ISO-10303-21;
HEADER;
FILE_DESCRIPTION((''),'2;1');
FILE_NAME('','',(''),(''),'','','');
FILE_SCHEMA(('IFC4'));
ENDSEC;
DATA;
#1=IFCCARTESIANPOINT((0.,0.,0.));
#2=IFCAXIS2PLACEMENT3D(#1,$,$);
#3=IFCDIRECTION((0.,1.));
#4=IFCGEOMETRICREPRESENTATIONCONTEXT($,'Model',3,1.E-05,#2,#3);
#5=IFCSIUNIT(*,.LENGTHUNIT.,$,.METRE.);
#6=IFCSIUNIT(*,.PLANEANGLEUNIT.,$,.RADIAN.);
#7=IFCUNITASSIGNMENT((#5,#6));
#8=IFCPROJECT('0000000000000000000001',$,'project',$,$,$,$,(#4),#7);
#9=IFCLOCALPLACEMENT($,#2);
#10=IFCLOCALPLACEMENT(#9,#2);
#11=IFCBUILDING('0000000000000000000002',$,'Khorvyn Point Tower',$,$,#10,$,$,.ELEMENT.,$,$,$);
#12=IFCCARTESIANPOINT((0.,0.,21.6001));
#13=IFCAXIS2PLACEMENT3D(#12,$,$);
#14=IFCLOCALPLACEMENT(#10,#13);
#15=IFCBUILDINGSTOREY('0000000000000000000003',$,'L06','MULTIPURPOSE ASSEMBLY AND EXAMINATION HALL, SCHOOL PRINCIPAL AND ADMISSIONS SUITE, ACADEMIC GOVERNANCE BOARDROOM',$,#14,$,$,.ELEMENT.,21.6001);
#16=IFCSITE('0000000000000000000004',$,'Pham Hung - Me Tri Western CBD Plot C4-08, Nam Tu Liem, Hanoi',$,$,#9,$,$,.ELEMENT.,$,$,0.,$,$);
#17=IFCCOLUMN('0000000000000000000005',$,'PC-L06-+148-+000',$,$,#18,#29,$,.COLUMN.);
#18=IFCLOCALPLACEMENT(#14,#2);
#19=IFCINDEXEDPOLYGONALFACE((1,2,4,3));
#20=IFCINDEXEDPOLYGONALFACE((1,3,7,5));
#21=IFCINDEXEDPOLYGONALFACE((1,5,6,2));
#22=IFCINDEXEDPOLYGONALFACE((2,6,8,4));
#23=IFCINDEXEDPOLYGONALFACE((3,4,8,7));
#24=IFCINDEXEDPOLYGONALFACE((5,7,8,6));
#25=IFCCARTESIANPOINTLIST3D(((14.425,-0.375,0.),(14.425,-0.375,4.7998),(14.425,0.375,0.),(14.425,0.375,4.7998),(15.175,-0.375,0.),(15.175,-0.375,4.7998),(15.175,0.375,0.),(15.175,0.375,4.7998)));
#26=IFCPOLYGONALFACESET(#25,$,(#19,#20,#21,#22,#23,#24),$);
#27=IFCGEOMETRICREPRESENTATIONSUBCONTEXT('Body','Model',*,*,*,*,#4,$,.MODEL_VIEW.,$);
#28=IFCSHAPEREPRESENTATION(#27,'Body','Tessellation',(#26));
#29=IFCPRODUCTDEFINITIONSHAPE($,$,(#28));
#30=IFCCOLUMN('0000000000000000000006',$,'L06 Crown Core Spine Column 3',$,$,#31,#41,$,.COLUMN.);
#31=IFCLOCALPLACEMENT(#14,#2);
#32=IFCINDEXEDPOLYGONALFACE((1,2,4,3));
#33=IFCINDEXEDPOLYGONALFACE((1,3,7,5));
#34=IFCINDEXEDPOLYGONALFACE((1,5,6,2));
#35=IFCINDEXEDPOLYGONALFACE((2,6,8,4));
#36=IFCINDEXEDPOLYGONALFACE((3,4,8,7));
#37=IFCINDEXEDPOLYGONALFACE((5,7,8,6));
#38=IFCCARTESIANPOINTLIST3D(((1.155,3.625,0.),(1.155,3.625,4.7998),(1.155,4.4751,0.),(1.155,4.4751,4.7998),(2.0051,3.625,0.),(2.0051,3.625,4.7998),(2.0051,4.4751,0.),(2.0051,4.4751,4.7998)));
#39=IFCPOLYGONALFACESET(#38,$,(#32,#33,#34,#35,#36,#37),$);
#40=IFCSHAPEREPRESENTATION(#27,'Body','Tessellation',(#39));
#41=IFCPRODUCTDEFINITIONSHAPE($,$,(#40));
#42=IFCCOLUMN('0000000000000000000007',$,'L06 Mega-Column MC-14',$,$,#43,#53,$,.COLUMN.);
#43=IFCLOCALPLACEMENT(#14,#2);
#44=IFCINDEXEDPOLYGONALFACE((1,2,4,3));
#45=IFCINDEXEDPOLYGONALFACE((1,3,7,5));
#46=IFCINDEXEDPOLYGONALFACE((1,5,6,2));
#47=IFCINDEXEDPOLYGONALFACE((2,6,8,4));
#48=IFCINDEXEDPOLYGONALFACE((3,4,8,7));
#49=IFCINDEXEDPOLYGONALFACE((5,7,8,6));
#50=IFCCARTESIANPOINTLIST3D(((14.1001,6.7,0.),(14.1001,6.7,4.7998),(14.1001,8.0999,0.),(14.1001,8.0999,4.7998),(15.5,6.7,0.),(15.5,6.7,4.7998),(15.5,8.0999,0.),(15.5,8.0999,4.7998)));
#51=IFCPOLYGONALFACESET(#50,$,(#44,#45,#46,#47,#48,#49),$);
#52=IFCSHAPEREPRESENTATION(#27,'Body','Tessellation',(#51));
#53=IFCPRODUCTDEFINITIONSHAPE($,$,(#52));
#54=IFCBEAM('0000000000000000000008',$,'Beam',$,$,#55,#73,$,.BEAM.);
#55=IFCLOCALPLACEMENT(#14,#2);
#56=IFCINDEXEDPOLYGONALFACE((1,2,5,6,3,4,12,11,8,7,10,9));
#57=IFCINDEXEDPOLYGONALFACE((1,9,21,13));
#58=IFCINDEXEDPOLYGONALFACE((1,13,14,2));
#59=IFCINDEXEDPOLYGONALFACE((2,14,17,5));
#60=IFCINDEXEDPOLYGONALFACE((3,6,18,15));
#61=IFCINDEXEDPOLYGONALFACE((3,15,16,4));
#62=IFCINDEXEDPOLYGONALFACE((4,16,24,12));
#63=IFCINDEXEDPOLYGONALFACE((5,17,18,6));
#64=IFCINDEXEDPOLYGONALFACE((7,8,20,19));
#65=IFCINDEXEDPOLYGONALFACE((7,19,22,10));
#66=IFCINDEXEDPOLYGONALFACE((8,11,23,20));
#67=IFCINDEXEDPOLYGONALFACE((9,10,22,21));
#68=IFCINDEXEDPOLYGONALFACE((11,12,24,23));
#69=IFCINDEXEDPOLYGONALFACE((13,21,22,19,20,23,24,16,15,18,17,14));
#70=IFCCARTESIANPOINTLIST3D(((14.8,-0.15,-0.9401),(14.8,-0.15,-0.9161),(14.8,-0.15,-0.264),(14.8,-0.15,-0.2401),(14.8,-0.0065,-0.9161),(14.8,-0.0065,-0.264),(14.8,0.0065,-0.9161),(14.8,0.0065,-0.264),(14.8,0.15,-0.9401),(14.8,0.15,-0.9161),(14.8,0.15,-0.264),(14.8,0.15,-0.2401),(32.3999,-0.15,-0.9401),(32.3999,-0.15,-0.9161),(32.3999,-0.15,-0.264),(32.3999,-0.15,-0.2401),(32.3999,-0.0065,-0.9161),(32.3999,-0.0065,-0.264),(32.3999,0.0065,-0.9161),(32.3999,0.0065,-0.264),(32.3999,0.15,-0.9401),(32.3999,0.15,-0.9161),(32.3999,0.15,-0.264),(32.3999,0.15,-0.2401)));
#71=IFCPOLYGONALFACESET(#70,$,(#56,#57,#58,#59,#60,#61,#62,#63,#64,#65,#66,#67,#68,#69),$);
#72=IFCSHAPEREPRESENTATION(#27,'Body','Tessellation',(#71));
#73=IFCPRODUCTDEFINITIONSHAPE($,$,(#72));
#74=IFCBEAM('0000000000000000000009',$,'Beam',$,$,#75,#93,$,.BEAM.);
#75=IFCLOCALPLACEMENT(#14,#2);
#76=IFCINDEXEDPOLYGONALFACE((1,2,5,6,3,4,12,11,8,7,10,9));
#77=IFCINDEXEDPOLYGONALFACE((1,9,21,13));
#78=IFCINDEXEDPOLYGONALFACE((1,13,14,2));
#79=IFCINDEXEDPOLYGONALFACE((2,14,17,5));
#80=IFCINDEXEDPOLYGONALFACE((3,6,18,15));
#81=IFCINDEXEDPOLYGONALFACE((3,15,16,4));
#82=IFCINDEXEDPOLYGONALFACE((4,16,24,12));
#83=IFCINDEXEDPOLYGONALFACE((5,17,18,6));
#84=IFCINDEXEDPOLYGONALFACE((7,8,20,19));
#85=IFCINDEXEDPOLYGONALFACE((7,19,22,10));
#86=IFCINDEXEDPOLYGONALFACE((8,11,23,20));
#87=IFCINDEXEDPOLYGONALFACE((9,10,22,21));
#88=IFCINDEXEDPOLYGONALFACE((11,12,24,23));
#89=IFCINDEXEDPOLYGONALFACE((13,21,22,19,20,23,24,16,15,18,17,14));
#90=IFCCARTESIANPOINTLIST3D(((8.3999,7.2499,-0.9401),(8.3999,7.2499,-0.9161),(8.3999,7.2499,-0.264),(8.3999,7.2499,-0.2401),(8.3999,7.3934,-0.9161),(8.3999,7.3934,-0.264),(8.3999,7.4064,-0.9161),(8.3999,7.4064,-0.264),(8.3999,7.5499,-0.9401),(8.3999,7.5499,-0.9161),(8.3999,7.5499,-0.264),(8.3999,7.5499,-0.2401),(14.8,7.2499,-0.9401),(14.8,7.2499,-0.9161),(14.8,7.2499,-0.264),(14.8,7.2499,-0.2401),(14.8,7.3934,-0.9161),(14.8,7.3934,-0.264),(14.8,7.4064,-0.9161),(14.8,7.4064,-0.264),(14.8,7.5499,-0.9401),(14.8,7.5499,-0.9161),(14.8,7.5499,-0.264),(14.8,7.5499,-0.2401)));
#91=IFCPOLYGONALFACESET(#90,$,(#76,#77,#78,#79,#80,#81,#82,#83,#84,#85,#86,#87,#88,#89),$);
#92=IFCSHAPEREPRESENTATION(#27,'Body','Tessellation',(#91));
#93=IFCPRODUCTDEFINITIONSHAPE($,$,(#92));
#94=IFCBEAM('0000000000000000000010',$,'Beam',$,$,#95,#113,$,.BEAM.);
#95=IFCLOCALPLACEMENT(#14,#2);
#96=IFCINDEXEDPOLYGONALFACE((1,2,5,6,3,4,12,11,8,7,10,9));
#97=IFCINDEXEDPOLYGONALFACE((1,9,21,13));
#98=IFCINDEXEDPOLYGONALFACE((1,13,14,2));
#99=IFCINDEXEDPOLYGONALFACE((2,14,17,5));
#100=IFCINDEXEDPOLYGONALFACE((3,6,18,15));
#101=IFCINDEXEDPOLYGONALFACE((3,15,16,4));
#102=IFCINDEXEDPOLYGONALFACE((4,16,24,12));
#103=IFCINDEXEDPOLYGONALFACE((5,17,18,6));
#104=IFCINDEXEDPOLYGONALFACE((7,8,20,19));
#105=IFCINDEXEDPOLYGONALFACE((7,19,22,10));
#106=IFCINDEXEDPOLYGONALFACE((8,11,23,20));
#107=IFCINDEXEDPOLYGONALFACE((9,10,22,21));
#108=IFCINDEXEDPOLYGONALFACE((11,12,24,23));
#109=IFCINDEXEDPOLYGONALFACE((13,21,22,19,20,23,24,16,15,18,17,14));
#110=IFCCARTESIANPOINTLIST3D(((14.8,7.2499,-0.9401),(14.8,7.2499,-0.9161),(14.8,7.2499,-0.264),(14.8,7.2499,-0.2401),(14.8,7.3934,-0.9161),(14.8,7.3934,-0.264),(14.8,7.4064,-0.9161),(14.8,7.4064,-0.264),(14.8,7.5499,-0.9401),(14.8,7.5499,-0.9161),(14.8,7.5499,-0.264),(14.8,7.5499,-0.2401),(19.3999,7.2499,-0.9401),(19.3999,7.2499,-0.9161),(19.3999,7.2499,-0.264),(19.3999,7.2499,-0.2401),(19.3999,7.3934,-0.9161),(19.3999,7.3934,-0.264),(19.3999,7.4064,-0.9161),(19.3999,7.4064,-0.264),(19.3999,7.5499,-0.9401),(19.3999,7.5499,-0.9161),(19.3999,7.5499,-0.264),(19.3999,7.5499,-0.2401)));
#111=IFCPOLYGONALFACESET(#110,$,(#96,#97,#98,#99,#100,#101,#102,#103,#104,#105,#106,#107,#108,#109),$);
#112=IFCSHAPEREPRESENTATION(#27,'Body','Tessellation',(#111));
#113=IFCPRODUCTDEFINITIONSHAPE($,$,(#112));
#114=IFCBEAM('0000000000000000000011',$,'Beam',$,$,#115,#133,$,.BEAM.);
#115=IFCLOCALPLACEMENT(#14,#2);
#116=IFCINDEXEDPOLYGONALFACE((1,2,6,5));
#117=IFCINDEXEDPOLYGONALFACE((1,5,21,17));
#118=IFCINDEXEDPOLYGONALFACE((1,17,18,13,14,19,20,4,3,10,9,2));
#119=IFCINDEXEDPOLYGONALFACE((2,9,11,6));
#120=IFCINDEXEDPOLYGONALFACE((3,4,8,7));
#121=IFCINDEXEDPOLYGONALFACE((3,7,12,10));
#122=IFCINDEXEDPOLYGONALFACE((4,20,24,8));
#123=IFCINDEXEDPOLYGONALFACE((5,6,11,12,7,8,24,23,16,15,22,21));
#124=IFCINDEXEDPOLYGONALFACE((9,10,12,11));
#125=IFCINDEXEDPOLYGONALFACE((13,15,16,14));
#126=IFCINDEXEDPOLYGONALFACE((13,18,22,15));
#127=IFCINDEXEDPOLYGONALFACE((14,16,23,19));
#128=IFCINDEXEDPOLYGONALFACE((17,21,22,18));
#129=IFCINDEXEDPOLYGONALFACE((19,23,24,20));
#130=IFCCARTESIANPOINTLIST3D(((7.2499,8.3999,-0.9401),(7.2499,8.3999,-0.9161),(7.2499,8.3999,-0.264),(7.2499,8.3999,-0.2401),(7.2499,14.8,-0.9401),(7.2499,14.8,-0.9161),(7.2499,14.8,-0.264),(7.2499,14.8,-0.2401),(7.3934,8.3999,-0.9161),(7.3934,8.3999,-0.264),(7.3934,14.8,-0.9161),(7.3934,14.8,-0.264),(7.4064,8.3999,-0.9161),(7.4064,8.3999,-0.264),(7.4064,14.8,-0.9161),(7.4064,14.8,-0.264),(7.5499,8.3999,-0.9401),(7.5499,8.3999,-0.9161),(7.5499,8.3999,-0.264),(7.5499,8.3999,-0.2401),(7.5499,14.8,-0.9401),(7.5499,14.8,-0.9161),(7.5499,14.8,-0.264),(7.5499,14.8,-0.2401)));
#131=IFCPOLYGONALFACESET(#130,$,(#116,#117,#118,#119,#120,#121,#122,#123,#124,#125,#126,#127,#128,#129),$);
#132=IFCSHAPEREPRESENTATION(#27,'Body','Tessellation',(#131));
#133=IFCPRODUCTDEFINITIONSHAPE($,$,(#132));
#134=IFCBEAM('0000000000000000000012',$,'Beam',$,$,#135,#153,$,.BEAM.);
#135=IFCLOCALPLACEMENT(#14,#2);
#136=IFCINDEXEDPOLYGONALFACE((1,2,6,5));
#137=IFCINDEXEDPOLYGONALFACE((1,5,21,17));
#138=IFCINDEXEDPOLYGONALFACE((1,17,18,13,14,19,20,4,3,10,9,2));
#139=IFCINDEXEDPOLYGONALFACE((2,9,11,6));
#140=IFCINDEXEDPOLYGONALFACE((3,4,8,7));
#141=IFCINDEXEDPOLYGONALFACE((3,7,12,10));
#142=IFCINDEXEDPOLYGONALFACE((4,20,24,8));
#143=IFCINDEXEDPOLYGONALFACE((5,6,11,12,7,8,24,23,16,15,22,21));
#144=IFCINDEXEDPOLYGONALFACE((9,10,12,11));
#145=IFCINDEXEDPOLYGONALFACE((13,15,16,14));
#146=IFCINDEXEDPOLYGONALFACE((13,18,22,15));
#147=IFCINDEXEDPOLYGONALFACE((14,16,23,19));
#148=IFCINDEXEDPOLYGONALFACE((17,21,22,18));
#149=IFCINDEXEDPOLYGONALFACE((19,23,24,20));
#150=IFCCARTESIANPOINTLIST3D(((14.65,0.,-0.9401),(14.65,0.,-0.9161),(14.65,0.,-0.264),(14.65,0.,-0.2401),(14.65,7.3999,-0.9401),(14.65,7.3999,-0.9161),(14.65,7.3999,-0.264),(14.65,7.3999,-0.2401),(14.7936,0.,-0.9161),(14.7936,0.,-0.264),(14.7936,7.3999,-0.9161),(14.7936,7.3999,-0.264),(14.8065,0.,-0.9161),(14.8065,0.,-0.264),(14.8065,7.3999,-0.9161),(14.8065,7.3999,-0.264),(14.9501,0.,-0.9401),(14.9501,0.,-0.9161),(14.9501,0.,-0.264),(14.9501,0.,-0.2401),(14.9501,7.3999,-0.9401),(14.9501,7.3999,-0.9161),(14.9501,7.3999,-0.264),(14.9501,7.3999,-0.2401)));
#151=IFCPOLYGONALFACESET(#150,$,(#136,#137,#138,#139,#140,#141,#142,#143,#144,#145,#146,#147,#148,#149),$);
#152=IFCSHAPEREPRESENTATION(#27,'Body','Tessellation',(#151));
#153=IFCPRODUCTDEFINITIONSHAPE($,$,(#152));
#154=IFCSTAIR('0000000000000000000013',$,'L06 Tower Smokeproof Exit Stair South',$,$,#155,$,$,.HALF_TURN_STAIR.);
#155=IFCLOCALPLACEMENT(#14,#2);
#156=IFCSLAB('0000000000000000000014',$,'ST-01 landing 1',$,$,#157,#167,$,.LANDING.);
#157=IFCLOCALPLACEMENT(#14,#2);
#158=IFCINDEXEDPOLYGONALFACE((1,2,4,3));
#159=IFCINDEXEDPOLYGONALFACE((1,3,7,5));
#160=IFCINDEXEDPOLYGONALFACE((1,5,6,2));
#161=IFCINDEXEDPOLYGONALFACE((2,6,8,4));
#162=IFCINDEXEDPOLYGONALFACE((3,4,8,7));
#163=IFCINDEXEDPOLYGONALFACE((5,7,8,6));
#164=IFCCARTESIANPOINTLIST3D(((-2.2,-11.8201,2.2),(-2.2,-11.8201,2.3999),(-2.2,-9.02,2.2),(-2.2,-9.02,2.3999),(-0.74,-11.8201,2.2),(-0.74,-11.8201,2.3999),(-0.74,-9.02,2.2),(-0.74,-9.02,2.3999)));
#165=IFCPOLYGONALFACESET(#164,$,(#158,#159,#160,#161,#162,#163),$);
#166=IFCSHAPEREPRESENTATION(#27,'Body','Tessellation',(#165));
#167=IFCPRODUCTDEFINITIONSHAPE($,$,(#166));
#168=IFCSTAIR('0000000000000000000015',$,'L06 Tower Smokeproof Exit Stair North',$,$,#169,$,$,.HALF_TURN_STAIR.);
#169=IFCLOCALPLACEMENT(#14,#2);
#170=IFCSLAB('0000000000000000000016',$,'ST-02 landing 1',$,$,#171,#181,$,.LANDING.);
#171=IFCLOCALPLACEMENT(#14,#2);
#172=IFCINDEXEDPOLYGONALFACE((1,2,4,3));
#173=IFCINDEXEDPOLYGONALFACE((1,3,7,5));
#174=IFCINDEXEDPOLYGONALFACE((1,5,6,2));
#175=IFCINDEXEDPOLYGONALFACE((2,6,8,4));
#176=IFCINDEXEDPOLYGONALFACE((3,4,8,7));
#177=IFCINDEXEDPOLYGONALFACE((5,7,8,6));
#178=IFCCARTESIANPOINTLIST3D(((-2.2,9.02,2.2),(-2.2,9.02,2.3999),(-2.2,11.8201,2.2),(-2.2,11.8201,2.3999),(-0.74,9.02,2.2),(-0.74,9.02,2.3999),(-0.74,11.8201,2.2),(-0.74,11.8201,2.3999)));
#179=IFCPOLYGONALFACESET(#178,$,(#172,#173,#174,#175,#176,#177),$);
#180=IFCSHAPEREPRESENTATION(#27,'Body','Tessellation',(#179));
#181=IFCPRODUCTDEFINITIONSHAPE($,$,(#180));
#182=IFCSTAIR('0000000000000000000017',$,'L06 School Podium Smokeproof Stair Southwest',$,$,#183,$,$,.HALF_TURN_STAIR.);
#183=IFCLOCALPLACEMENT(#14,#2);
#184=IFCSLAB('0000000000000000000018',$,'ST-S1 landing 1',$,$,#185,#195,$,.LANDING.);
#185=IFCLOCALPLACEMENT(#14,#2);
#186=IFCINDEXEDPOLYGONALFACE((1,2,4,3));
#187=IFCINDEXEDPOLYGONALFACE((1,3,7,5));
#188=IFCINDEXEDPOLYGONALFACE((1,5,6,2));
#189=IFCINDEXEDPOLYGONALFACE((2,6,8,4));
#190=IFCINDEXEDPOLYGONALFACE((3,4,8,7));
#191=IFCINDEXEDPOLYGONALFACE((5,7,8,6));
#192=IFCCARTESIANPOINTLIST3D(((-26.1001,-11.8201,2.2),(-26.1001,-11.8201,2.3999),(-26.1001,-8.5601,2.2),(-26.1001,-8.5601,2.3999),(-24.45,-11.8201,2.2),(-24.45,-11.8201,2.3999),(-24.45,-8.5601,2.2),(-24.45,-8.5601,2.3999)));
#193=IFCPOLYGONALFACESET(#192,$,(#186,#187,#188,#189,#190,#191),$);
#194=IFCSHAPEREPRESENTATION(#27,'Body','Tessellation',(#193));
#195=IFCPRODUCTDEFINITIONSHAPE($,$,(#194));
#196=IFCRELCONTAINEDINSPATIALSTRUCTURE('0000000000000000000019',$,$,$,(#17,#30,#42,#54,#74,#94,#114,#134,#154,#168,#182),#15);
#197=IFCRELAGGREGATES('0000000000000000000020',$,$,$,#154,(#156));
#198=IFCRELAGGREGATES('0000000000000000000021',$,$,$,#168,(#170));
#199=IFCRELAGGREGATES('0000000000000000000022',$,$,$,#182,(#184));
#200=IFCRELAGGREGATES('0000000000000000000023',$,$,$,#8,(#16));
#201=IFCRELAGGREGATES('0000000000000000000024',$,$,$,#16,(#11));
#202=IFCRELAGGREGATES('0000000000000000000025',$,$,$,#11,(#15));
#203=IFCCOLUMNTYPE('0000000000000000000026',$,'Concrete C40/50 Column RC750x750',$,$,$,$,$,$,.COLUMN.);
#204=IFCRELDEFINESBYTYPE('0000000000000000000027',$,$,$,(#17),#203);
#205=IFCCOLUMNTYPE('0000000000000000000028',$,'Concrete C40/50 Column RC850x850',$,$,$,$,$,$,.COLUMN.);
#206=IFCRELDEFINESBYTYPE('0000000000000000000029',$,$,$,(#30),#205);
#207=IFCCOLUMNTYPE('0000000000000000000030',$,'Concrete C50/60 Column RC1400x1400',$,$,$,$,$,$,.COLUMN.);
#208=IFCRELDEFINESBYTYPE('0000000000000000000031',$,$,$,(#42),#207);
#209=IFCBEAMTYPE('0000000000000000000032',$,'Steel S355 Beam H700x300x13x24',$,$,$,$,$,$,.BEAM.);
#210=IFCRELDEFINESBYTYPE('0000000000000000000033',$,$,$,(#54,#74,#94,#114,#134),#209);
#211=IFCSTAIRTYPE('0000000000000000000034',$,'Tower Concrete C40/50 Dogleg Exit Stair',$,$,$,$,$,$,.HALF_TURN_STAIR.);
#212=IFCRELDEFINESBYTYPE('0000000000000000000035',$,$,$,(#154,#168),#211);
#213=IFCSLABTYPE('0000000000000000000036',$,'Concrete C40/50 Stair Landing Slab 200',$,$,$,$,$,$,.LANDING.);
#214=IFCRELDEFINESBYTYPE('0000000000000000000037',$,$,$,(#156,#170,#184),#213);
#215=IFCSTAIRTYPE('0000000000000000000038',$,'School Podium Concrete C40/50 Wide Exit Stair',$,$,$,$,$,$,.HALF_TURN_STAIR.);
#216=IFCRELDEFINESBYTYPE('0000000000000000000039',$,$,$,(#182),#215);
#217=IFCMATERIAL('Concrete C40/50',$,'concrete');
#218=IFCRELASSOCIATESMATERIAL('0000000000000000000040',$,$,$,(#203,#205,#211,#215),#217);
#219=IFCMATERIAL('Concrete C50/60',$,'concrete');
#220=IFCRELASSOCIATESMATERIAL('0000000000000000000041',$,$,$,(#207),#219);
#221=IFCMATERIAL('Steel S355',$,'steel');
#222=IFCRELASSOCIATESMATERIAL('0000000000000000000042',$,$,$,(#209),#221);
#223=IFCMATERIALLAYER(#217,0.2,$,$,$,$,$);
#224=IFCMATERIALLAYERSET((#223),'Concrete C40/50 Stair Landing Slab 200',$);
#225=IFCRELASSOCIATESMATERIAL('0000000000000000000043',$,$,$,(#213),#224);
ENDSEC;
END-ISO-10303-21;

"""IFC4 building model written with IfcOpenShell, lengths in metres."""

from ifc_helpers import new_model, si_unit, direction, frame, origin, origin_2d, place, context, subcontext, project, spatial, polyline, rectangle, i_section, outline, extrude, material, layer, layer_set, material_profile, profile_set, type_object, element, aggregate, save


model = new_model("IFC4")

# Units and contexts
model_context = context("Model", 3, precision=1e-05, world=origin(), true_north=direction((0.0, 1.0)))
body_context = subcontext(model_context, "Body", "Model", "MODEL_VIEW")
ifc_project = project(units=[si_unit("LENGTHUNIT", "METRE"), si_unit("PLANEANGLEUNIT", "RADIAN")], contexts=[model_context])

# Site, building, storey
site_placement = place(None, origin())
site = spatial("IfcSite", under=ifc_project, at=site_placement, Name="Pham Hung - Me Tri Western CBD Plot C4-08, Nam Tu Liem, Hanoi", CompositionType="ELEMENT", RefElevation=0.0)
building_placement = place(site_placement, origin())
building = spatial("IfcBuilding", under=site, at=building_placement, Name="Khorvyn Point Tower", CompositionType="ELEMENT")
storey_placement = place(building_placement, frame((0.0, 0.0, 21.6001)))
storey = spatial("IfcBuildingStorey", under=building, at=storey_placement, Name="L06", Description="MULTIPURPOSE ASSEMBLY AND EXAMINATION HALL, SCHOOL PRINCIPAL AND ADMISSIONS SUITE, ACADEMIC GOVERNANCE BOARDROOM", CompositionType="ELEMENT", Elevation=21.6001)

# Columns
ifc_material_1 = material(Name="Concrete C40/50", Category="concrete")
ifc_material_profile_1 = material_profile(ifc_material_1, rectangle(XDim=0.75, YDim=0.75, at=origin_2d()))
ifc_profile_set_1 = profile_set([ifc_material_profile_1], Name="Concrete C40/50 RC750x750")
column_type_1 = type_object("IfcColumnType", Name="Concrete C40/50 Column RC750x750", PredefinedType="COLUMN", material=ifc_profile_set_1)
column_1_placement = place(storey_placement, frame((14.8, 0.0, 0.0), z_axis=(0.0, 0.0, 1.0), x_axis=(1.0, 0.0, 0.0)))
element("IfcColumn", 1, at=column_1_placement, inside=storey, type_object=column_type_1, Name="PC-L06-+148-+000", PredefinedType="COLUMN", context=body_context, shape_type="SweptSolid", body=[
    extrude(rectangle(XDim=0.75, YDim=0.75, at=origin_2d()), origin(), (0.0, 0.0, 1.0), 4.7998),
])
ifc_material_profile_2 = material_profile(ifc_material_1, rectangle(XDim=0.8501, YDim=0.8501, at=origin_2d()))
ifc_profile_set_2 = profile_set([ifc_material_profile_2], Name="Concrete C40/50 RC850x850")
column_type_2 = type_object("IfcColumnType", Name="Concrete C40/50 Column RC850x850", PredefinedType="COLUMN", material=ifc_profile_set_2)
column_2_placement = place(storey_placement, frame((1.5801, 4.05, 0.0), z_axis=(0.0, 0.0, 1.0), x_axis=(1.0, 0.0, 0.0)))
element("IfcColumn", 2, at=column_2_placement, inside=storey, type_object=column_type_2, Name="L06 Crown Core Spine Column 3", PredefinedType="COLUMN", context=body_context, shape_type="SweptSolid", body=[
    extrude(rectangle(XDim=0.8501, YDim=0.8501, at=origin_2d()), origin(), (0.0, 0.0, 1.0), 4.7998),
])
ifc_material_2 = material(Name="Concrete C50/60", Category="concrete")
ifc_material_profile_3 = material_profile(ifc_material_2, rectangle(XDim=1.3999, YDim=1.3999, at=origin_2d()))
ifc_profile_set_3 = profile_set([ifc_material_profile_3], Name="Concrete C50/60 RC1400x1400")
column_type_3 = type_object("IfcColumnType", Name="Concrete C50/60 Column RC1400x1400", PredefinedType="COLUMN", material=ifc_profile_set_3)
column_3_placement = place(storey_placement, frame((14.8, 7.3999, 0.0), z_axis=(0.0, 0.0, 1.0), x_axis=(1.0, 0.0, 0.0)))
element("IfcColumn", 3, at=column_3_placement, inside=storey, type_object=column_type_3, Name="L06 Mega-Column MC-14", PredefinedType="COLUMN", context=body_context, shape_type="SweptSolid", body=[
    extrude(rectangle(XDim=1.3999, YDim=1.3999, at=origin_2d()), origin(), (0.0, 0.0, 1.0), 4.7998),
])

# Beams
ifc_material_3 = material(Name="Steel S355", Category="steel")
ifc_material_profile_4 = material_profile(ifc_material_3, i_section(OverallWidth=0.3, OverallDepth=0.7, WebThickness=0.0129, FlangeThickness=0.0239, at=origin_2d()))
ifc_profile_set_4 = profile_set([ifc_material_profile_4], Name="Steel S355 H700x300x13x24")
beam_type = type_object("IfcBeamType", Name="Steel S355 Beam H700x300x13x24", PredefinedType="BEAM", material=ifc_profile_set_4)
beam_1_placement = place(storey_placement, frame((14.8, 0.0, -0.5901), z_axis=(1.0, 0.0, 0.0), x_axis=(0.0, 1.0, 0.0)))
element("IfcBeam", 4, at=beam_1_placement, inside=storey, type_object=beam_type, Name="Beam", PredefinedType="BEAM", context=body_context, shape_type="SweptSolid", body=[
    extrude(i_section(OverallWidth=0.3, OverallDepth=0.7, WebThickness=0.0129, FlangeThickness=0.0239, at=origin_2d()), origin(), (0.0, 0.0, 1.0), 17.5999),
])
beam_2_placement = place(storey_placement, frame((8.3999, 7.3999, -0.5901), z_axis=(1.0, 0.0, 0.0), x_axis=(0.0, 1.0, 0.0)))
element("IfcBeam", 5, at=beam_2_placement, inside=storey, type_object=beam_type, Name="Beam", PredefinedType="BEAM", context=body_context, shape_type="SweptSolid", body=[
    extrude(i_section(OverallWidth=0.3, OverallDepth=0.7, WebThickness=0.0129, FlangeThickness=0.0239, at=origin_2d()), origin(), (0.0, 0.0, 1.0), 6.4001),
])
beam_3_placement = place(storey_placement, frame((14.8, 7.3999, -0.5901), z_axis=(1.0, 0.0, 0.0), x_axis=(0.0, 1.0, 0.0)))
element("IfcBeam", 6, at=beam_3_placement, inside=storey, type_object=beam_type, Name="Beam", PredefinedType="BEAM", context=body_context, shape_type="SweptSolid", body=[
    extrude(i_section(OverallWidth=0.3, OverallDepth=0.7, WebThickness=0.0129, FlangeThickness=0.0239, at=origin_2d()), origin(), (0.0, 0.0, 1.0), 4.5999),
])
beam_4_placement = place(storey_placement, frame((7.3999, 8.3999, -0.5901), z_axis=(0.0, 1.0, 0.0), x_axis=(-1.0, 0.0, 0.0)))
element("IfcBeam", 7, at=beam_4_placement, inside=storey, type_object=beam_type, Name="Beam", PredefinedType="BEAM", context=body_context, shape_type="SweptSolid", body=[
    extrude(i_section(OverallWidth=0.3, OverallDepth=0.7, WebThickness=0.0129, FlangeThickness=0.0239, at=origin_2d()), origin(), (0.0, 0.0, 1.0), 6.4001),
])
beam_5_placement = place(storey_placement, frame((14.8, 0.0, -0.5901), z_axis=(0.0, 1.0, 0.0), x_axis=(-1.0, 0.0, 0.0)))
element("IfcBeam", 8, at=beam_5_placement, inside=storey, type_object=beam_type, Name="Beam", PredefinedType="BEAM", context=body_context, shape_type="SweptSolid", body=[
    extrude(i_section(OverallWidth=0.3, OverallDepth=0.7, WebThickness=0.0129, FlangeThickness=0.0239, at=origin_2d()), origin(), (0.0, 0.0, 1.0), 7.3999),
])

# Stairs, slabs
stair_type_1 = type_object("IfcStairType", Name="Tower Concrete C40/50 Dogleg Exit Stair", PredefinedType="HALF_TURN_STAIR", material=ifc_material_1)
stair_1_placement = place(storey_placement, origin())
stair_1 = element("IfcStair", 9, at=stair_1_placement, inside=storey, type_object=stair_type_1, Name="L06 Tower Smokeproof Exit Stair South", PredefinedType="HALF_TURN_STAIR")
ifc_layer_1 = layer(ifc_material_1, 0.2)
ifc_layer_set_1 = layer_set([ifc_layer_1], Name="Concrete C40/50 Stair Landing Slab 200")
slab_type = type_object("IfcSlabType", Name="Concrete C40/50 Stair Landing Slab 200", PredefinedType="LANDING", material=ifc_layer_set_1)
slab_1_placement = place(storey_placement, frame((0.0, 0.0, 2.2)))
slab_1 = element("IfcSlab", 10, at=slab_1_placement, type_object=slab_type, Name="ST-01 landing 1", PredefinedType="LANDING", context=body_context, shape_type="SweptSolid", body=[
    extrude(outline(polyline([(-0.74, -9.02), (-2.2, -9.02), (-2.2, -11.8201), (-0.74, -11.8201), (-0.74, -9.02)])), origin(), (0.0, 0.0, 1.0), 0.2),
])
aggregate(stair_1, [slab_1])
stair_2_placement = place(storey_placement, origin())
stair_2 = element("IfcStair", 11, at=stair_2_placement, inside=storey, type_object=stair_type_1, Name="L06 Tower Smokeproof Exit Stair North", PredefinedType="HALF_TURN_STAIR")
slab_2_placement = place(storey_placement, frame((0.0, 0.0, 2.2)))
slab_2 = element("IfcSlab", 12, at=slab_2_placement, type_object=slab_type, Name="ST-02 landing 1", PredefinedType="LANDING", context=body_context, shape_type="SweptSolid", body=[
    extrude(outline(polyline([(-0.74, 11.8201), (-2.2, 11.8201), (-2.2, 9.02), (-0.74, 9.02), (-0.74, 11.8201)])), origin(), (0.0, 0.0, 1.0), 0.2),
])
aggregate(stair_2, [slab_2])
stair_type_2 = type_object("IfcStairType", Name="School Podium Concrete C40/50 Wide Exit Stair", PredefinedType="HALF_TURN_STAIR", material=ifc_material_1)
stair_3_placement = place(storey_placement, origin())
stair_3 = element("IfcStair", 13, at=stair_3_placement, inside=storey, type_object=stair_type_2, Name="L06 School Podium Smokeproof Stair Southwest", PredefinedType="HALF_TURN_STAIR")
slab_3_placement = place(storey_placement, frame((0.0, 0.0, 2.2)))
slab_3 = element("IfcSlab", 14, at=slab_3_placement, type_object=slab_type, Name="ST-S1 landing 1", PredefinedType="LANDING", context=body_context, shape_type="SweptSolid", body=[
    extrude(outline(polyline([(-26.1001, -11.8201), (-24.45, -11.8201), (-24.45, -8.5601), (-26.1001, -8.5601), (-26.1001, -11.8201)])), origin(), (0.0, 0.0, 1.0), 0.2),
])
aggregate(stair_3, [slab_3])

save(model, "model.ifc")
